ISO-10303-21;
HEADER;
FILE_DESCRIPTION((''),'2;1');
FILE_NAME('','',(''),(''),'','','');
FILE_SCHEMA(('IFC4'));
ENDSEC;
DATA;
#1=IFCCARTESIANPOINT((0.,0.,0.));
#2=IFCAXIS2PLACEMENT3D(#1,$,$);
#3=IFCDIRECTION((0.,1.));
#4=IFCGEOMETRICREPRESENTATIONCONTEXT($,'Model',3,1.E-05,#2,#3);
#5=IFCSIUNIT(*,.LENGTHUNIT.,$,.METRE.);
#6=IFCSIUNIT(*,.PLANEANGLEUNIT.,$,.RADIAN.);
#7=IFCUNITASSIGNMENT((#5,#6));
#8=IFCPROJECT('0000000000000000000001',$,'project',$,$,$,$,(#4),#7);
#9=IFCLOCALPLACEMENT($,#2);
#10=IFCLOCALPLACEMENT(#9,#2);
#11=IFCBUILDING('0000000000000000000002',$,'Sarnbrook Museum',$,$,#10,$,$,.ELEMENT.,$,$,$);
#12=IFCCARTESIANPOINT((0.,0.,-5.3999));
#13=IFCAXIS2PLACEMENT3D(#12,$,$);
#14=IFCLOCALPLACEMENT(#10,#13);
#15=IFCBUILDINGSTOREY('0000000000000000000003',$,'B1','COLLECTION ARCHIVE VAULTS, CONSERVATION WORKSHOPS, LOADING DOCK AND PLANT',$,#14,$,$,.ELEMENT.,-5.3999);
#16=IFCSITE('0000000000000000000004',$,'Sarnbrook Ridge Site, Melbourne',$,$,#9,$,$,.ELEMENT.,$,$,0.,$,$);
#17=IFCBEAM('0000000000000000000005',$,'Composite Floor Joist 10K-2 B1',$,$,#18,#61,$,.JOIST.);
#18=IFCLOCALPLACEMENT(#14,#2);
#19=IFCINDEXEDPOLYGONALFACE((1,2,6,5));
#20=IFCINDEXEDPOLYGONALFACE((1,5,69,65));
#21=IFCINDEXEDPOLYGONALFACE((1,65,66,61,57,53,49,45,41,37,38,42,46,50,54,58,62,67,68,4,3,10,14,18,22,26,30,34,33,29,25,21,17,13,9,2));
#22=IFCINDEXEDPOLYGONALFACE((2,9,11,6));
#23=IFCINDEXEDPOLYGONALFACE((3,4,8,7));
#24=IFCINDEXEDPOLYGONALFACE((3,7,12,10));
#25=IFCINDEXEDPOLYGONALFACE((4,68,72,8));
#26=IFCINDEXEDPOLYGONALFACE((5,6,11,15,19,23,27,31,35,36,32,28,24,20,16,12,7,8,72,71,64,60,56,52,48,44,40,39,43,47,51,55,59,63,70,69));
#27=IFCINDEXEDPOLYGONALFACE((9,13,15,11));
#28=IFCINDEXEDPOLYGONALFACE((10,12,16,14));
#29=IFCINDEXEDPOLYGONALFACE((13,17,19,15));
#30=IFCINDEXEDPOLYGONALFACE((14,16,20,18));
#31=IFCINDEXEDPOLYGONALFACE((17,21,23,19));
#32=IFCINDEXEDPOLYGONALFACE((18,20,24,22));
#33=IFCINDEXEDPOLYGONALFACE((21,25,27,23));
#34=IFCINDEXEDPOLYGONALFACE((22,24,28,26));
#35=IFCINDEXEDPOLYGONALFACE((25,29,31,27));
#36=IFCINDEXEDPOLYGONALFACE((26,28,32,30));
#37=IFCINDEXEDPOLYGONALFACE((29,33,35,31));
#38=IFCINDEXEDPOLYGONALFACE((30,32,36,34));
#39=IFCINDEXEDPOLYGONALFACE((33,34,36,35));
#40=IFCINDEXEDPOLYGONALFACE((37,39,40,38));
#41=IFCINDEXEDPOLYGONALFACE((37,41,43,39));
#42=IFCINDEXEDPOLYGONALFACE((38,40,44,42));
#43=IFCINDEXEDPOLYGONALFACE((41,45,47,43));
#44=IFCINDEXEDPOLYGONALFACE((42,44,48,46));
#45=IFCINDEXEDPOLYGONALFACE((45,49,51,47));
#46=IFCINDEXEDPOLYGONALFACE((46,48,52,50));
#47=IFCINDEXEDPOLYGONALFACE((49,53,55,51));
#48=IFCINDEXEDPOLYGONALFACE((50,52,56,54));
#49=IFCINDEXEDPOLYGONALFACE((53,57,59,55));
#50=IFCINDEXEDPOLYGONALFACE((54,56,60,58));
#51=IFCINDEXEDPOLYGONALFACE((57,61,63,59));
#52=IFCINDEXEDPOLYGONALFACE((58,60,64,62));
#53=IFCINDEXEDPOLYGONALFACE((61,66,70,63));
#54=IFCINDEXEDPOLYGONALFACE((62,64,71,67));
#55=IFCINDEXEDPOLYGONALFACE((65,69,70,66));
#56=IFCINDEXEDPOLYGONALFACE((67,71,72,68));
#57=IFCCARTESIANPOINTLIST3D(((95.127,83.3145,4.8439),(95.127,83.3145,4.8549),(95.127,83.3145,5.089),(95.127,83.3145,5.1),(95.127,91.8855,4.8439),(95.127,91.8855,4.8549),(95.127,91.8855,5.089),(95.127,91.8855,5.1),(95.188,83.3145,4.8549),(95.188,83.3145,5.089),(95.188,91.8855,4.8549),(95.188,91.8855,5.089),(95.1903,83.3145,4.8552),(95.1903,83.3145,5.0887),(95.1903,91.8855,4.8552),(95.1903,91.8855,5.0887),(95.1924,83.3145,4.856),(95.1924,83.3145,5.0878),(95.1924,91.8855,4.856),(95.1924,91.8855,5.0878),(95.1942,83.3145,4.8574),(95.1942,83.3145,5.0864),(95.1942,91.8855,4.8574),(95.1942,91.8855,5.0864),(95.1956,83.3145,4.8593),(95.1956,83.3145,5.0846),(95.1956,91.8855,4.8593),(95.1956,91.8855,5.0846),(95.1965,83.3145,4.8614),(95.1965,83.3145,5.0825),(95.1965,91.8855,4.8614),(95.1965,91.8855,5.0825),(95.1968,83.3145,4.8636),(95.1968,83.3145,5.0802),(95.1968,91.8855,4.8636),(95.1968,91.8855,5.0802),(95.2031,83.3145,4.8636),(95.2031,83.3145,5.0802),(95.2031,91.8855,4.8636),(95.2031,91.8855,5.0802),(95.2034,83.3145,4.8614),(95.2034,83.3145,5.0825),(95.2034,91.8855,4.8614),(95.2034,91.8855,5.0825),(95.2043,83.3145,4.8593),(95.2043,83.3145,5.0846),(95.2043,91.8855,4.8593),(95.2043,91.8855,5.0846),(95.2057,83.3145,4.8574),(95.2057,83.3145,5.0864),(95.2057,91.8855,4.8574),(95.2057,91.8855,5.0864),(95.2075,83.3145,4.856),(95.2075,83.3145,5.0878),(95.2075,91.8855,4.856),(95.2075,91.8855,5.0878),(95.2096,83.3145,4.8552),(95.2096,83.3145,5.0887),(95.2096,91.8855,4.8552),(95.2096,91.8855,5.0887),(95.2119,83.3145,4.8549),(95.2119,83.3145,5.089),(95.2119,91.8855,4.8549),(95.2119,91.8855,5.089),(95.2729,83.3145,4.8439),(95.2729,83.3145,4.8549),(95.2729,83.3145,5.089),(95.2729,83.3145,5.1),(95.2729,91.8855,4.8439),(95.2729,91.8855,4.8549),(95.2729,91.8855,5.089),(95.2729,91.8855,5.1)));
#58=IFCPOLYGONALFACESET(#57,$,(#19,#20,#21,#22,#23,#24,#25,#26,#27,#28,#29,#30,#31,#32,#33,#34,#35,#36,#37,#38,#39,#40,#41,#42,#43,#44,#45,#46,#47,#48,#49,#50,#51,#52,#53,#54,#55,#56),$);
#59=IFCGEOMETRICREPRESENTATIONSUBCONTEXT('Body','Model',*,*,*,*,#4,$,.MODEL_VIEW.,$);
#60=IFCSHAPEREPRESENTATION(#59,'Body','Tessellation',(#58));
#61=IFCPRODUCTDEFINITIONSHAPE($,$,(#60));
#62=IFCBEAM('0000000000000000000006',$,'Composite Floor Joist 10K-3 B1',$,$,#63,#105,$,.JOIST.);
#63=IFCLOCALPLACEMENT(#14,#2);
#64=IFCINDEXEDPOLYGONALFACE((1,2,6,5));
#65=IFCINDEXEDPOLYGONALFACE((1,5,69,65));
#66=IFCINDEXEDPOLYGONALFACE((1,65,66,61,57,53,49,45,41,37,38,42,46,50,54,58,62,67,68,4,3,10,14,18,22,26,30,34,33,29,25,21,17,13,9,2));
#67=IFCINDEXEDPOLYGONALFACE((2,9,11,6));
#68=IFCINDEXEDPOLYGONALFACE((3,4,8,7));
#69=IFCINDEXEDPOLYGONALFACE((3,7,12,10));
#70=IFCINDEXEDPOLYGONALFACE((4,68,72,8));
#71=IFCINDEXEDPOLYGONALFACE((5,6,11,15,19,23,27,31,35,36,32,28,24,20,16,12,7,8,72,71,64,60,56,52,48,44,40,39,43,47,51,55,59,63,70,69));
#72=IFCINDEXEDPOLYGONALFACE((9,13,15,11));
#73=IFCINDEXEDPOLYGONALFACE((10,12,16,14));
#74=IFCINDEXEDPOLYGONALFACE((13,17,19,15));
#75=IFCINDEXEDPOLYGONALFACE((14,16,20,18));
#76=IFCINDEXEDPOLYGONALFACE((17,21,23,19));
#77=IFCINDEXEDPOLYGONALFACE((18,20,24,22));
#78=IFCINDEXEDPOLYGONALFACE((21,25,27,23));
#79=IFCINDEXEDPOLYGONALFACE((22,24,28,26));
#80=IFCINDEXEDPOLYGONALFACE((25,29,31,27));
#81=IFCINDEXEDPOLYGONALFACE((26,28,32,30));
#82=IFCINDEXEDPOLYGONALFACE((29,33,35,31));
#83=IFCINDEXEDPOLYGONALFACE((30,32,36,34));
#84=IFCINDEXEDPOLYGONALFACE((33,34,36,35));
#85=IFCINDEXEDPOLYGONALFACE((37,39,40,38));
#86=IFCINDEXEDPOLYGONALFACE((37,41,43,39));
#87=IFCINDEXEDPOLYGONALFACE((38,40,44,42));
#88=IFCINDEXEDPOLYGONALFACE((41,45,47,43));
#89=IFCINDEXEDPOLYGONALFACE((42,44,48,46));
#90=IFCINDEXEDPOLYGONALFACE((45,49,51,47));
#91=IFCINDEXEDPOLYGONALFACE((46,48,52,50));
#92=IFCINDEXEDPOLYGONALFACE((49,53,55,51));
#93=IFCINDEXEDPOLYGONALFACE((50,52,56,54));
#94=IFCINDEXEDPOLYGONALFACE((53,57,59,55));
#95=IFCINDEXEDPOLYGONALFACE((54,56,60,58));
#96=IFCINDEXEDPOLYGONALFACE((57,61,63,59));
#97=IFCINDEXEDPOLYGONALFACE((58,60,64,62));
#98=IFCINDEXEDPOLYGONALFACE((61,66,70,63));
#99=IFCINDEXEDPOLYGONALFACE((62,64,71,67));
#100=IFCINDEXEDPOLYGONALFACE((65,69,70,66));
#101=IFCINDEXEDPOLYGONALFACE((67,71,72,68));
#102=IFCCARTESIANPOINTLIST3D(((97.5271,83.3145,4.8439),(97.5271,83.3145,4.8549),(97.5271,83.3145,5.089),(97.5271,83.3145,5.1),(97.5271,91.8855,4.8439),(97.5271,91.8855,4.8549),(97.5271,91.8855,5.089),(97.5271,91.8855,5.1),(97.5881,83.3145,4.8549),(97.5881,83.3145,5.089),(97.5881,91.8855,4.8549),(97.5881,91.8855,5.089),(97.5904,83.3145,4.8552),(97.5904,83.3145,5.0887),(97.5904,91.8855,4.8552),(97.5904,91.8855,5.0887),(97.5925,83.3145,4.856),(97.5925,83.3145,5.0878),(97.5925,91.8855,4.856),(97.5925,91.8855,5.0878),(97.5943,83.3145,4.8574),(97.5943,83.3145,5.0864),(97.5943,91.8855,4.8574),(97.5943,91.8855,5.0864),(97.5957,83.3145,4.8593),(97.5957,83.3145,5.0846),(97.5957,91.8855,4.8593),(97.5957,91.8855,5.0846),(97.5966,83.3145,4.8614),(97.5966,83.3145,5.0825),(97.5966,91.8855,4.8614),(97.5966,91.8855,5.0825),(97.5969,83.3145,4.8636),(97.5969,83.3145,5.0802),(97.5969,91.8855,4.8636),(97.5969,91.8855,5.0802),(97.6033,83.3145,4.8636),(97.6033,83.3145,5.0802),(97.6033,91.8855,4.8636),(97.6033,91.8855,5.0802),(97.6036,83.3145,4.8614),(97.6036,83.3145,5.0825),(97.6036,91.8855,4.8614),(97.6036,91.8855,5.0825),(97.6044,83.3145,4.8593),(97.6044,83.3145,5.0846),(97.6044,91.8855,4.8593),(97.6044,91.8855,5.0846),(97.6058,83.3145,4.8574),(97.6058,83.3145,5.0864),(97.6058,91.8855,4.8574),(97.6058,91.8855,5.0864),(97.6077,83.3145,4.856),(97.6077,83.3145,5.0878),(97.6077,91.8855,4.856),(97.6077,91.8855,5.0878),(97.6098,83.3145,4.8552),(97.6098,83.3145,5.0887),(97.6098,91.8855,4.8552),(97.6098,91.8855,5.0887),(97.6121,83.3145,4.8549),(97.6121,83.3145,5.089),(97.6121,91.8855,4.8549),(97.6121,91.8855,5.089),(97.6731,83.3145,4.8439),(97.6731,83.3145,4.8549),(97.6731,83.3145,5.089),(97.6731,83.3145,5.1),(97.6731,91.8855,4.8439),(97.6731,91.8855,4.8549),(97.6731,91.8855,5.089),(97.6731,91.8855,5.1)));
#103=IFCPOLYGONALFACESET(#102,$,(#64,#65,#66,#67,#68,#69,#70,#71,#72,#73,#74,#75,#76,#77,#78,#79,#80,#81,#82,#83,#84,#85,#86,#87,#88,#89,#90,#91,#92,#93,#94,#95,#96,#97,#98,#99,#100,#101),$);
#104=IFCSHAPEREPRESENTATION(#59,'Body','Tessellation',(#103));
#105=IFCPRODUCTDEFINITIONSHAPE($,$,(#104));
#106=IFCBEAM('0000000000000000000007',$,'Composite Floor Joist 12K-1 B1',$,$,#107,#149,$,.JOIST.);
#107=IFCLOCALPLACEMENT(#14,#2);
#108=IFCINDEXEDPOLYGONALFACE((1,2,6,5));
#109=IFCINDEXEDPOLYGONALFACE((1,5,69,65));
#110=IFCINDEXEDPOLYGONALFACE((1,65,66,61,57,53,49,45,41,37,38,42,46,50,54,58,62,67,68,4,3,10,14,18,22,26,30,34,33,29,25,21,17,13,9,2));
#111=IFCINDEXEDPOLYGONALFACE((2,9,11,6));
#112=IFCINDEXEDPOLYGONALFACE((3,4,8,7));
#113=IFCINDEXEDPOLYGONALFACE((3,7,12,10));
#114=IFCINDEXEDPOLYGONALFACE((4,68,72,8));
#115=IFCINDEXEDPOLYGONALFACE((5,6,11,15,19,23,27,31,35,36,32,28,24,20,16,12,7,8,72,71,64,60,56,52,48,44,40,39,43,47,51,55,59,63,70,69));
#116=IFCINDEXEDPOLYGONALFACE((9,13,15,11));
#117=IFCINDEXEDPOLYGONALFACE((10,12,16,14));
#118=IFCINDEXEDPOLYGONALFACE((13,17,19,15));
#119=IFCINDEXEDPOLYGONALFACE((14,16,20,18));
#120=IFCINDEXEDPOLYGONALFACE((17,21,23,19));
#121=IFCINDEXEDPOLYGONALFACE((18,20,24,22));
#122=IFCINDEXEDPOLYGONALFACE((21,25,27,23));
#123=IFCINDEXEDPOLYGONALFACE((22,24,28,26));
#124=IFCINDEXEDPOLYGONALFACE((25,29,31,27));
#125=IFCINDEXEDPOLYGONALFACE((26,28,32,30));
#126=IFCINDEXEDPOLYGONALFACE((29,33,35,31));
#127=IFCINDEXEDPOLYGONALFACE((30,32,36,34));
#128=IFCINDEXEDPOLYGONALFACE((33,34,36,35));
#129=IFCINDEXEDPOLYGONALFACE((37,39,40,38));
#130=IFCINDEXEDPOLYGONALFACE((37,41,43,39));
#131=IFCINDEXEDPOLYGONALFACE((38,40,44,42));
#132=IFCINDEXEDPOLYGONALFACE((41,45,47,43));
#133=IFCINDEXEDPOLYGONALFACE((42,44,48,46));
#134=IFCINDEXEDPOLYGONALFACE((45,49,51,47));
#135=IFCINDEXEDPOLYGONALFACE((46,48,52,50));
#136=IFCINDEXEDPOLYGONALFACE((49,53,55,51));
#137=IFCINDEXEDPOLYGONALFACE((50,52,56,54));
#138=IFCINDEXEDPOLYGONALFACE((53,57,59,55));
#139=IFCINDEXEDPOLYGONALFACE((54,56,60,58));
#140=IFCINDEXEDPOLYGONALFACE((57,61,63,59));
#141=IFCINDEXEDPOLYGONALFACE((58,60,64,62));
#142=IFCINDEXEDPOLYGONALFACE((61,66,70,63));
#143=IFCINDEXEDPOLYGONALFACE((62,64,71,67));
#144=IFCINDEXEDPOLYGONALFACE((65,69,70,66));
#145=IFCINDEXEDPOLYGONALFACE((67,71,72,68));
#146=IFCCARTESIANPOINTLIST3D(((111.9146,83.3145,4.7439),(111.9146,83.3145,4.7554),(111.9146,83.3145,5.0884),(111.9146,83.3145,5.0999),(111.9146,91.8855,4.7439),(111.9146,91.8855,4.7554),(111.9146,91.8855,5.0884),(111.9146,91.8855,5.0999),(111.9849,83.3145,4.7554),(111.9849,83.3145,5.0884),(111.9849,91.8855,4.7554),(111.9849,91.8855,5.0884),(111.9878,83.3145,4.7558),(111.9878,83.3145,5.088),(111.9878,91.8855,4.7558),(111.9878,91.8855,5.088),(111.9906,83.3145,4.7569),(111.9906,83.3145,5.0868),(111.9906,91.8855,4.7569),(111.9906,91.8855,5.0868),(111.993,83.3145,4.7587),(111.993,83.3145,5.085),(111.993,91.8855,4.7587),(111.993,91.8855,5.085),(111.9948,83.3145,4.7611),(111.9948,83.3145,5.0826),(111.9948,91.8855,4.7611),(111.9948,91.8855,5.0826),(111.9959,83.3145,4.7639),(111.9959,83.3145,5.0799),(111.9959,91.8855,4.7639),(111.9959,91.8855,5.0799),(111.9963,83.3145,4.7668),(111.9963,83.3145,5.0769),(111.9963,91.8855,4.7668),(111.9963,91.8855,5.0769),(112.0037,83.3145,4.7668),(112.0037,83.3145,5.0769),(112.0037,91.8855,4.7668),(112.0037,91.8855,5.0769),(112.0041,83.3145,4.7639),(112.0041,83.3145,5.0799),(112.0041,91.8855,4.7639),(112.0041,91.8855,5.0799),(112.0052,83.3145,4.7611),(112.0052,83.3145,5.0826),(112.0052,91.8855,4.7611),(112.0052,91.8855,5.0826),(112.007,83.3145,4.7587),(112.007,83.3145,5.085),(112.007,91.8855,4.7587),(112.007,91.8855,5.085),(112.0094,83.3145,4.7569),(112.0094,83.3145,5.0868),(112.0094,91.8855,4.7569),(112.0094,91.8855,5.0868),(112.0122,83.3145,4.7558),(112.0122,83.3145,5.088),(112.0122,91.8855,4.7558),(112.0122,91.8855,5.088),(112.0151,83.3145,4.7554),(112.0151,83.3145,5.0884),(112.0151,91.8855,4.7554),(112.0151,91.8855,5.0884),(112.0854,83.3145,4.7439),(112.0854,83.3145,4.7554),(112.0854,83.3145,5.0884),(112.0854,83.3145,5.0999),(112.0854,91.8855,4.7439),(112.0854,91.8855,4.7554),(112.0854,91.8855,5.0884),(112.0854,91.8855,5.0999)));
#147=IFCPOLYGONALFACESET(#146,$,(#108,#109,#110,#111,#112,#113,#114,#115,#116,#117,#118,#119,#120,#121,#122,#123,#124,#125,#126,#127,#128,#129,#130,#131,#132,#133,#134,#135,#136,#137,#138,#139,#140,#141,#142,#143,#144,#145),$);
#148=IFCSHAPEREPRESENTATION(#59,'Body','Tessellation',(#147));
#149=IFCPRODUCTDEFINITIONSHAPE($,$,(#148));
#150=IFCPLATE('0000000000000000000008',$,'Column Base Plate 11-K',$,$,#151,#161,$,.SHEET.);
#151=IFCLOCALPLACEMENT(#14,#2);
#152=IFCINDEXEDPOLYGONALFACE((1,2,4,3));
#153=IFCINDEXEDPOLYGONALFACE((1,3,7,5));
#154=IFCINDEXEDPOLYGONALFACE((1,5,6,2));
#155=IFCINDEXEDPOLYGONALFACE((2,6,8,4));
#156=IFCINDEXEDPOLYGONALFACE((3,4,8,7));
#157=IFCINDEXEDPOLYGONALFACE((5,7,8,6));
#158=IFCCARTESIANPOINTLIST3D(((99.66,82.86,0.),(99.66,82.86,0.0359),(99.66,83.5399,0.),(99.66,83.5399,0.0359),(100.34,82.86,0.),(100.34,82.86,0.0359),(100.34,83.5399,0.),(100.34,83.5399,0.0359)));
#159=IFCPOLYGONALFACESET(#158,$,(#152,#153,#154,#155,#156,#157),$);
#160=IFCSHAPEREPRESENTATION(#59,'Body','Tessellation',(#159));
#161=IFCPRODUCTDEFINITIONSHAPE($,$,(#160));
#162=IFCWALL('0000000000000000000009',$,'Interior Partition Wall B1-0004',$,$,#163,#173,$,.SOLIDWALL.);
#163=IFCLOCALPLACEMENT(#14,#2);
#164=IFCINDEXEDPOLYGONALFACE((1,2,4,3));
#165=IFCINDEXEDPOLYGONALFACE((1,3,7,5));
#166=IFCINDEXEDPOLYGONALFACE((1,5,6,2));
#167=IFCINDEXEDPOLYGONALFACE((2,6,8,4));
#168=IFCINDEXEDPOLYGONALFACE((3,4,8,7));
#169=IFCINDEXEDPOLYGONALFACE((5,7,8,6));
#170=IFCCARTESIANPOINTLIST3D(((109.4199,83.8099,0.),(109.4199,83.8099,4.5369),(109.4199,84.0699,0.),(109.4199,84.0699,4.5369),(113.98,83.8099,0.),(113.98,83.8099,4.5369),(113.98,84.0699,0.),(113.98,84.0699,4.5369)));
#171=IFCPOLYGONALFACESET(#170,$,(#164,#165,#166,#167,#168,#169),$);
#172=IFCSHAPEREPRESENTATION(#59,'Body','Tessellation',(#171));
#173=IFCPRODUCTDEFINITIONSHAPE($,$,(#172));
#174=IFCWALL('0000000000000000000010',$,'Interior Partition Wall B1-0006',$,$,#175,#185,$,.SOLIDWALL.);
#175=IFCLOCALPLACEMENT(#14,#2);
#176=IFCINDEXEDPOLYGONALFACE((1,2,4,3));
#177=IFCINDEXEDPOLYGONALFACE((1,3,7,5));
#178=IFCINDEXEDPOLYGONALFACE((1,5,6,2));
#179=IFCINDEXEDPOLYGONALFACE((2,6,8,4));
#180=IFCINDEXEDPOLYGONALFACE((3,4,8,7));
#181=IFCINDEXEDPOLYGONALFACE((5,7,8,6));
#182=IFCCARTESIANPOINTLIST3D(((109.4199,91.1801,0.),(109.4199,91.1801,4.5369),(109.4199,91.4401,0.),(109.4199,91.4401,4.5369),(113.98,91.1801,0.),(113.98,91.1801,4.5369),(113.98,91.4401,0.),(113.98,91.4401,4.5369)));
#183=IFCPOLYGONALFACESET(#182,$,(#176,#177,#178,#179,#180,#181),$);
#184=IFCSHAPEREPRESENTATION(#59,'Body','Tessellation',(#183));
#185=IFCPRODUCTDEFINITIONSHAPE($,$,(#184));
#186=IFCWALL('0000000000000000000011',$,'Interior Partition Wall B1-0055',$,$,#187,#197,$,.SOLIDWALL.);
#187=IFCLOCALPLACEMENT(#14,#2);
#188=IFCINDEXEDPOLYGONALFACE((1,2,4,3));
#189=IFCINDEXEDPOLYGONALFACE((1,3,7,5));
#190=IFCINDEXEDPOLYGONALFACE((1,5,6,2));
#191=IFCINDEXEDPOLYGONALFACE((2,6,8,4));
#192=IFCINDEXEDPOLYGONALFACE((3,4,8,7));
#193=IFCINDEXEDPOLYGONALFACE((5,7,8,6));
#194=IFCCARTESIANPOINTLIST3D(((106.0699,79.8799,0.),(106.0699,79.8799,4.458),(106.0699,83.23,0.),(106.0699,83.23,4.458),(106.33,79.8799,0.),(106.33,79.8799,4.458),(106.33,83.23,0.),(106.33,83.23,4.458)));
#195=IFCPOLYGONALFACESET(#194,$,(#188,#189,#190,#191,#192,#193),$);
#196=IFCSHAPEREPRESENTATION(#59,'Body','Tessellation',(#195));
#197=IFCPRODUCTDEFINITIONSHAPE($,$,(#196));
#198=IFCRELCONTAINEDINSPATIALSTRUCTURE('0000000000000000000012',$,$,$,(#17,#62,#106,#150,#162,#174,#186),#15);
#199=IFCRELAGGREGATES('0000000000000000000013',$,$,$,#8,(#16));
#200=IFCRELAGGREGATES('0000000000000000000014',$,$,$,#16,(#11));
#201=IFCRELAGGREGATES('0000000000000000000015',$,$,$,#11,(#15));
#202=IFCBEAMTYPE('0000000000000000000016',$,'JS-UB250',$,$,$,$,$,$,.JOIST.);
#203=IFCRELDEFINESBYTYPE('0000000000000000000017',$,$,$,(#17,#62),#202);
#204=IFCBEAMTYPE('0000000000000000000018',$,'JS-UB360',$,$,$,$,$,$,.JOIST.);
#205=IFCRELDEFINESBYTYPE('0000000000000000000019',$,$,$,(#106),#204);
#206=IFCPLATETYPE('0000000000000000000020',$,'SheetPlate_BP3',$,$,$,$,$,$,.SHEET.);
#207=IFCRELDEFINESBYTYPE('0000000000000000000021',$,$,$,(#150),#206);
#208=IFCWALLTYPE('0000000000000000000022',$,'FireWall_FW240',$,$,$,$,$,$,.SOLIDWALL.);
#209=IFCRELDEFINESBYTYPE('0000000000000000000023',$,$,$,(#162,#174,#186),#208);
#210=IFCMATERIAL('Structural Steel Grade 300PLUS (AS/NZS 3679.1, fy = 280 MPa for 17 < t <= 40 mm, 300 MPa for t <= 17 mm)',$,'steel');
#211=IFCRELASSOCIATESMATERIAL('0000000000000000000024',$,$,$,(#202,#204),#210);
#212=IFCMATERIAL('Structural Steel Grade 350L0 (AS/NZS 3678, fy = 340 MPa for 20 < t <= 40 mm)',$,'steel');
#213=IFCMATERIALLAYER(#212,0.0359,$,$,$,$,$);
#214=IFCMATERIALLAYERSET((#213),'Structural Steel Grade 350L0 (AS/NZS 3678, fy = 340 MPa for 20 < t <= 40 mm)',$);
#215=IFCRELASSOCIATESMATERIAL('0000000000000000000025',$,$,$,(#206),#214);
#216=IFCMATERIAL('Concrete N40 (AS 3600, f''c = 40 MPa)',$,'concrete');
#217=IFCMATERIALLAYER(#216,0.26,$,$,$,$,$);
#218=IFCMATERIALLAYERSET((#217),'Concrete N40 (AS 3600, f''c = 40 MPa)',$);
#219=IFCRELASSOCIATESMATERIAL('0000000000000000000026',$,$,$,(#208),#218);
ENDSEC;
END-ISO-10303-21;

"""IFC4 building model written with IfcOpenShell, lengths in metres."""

from ifc_helpers import new_model, si_unit, direction, frame, frame_2d, origin, origin_2d, place, context, subcontext, project, spatial, rectangle, i_section, extrude, material, layer, layer_set, material_profile, profile_set, type_object, element, save


model = new_model("IFC4")

# Units and contexts
model_context = context("Model", 3, precision=1e-05, world=origin(), true_north=direction((0.0, 1.0)))
body_context = subcontext(model_context, "Body", "Model", "MODEL_VIEW")
ifc_project = project(units=[si_unit("LENGTHUNIT", "METRE"), si_unit("PLANEANGLEUNIT", "RADIAN")], contexts=[model_context])

# Site, building, storey
site_placement = place(None, origin())
site = spatial("IfcSite", under=ifc_project, at=site_placement, Name="Sarnbrook Ridge Site, Melbourne", CompositionType="ELEMENT", RefElevation=0.0)
building_placement = place(site_placement, origin())
building = spatial("IfcBuilding", under=site, at=building_placement, Name="Sarnbrook Museum", CompositionType="ELEMENT")
storey_placement = place(building_placement, frame((0.0, 0.0, -5.3999)))
storey = spatial("IfcBuildingStorey", under=building, at=storey_placement, Name="B1", Description="COLLECTION ARCHIVE VAULTS, CONSERVATION WORKSHOPS, LOADING DOCK AND PLANT", CompositionType="ELEMENT", Elevation=-5.3999)

# Shared definitions
ifc_material_1 = material(Name="Concrete N40 (AS 3600, f'c = 40 MPa)", Category="concrete")

# Shared definitions
ifc_material_2 = material(Name="Structural Steel Grade 350L0 (AS/NZS 3678, fy = 340 MPa for 20 < t <= 40 mm)", Category="steel")

# Beams
ifc_material_3 = material(Name="Structural Steel Grade 300PLUS (AS/NZS 3679.1, fy = 280 MPa for 17 < t <= 40 mm, 300 MPa for t <= 17 mm)", Category="steel")
ifc_material_profile_1 = material_profile(ifc_material_3, i_section(OverallWidth=0.146, OverallDepth=0.2561, WebThickness=0.0063, FlangeThickness=0.011, FilletRadius=0.0088, at=origin_2d()), Name="250UB37.3")
ifc_profile_set_1 = profile_set([ifc_material_profile_1], Name="Structural Steel Grade 300PLUS (AS/NZS 3679.1, fy = 280 MPa for 17 < t <= 40 mm, 300 MPa for t <= 17 mm)")
beam_type_1 = type_object("IfcBeamType", Name="JS-UB250", PredefinedType="JOIST", material=ifc_profile_set_1)
for number, where, z_axis, x_axis, name in (
    (1, (95.2, 83.3145, 4.9719), (0.0, 1.0, 0.0), (-1.0, 0.0, 0.0), "Composite Floor Joist 10K-2 B1"),
    (2, (97.6001, 83.3145, 4.9719), (0.0, 1.0, 0.0), (-1.0, 0.0, 0.0), "Composite Floor Joist 10K-3 B1"),
):
    element("IfcBeam", number, at=place(storey_placement, frame(where, z_axis=z_axis, x_axis=x_axis)), inside=storey, type_object=beam_type_1, Name=name, PredefinedType="JOIST", context=body_context, shape_type="SweptSolid", body=[
        extrude(i_section(OverallWidth=0.146, OverallDepth=0.2561, WebThickness=0.0063, FlangeThickness=0.011, FilletRadius=0.0088, at=origin_2d()), origin(), (0.0, 0.0, 1.0), 8.571),
    ])
ifc_material_profile_2 = material_profile(ifc_material_3, i_section(OverallWidth=0.1709, OverallDepth=0.356, WebThickness=0.0073, FlangeThickness=0.0115, FilletRadius=0.0115, at=origin_2d()), Name="360UB50.7")
ifc_profile_set_2 = profile_set([ifc_material_profile_2], Name="Structural Steel Grade 300PLUS (AS/NZS 3679.1, fy = 280 MPa for 17 < t <= 40 mm, 300 MPa for t <= 17 mm)")
beam_type_2 = type_object("IfcBeamType", Name="JS-UB360", PredefinedType="JOIST", material=ifc_profile_set_2)
beam_1_placement = place(storey_placement, frame((112.0, 83.3145, 4.9219), z_axis=(0.0, 1.0, 0.0), x_axis=(-1.0, 0.0, 0.0)))
element("IfcBeam", 3, at=beam_1_placement, inside=storey, type_object=beam_type_2, Name="Composite Floor Joist 12K-1 B1", PredefinedType="JOIST", context=body_context, shape_type="SweptSolid", body=[
    extrude(i_section(OverallWidth=0.1709, OverallDepth=0.356, WebThickness=0.0073, FlangeThickness=0.0115, FilletRadius=0.0115, at=origin_2d()), origin(), (0.0, 0.0, 1.0), 8.571),
])

# Plate
ifc_layer_1 = layer(ifc_material_2, 0.0359)
ifc_layer_set_1 = layer_set([ifc_layer_1], Name="Structural Steel Grade 350L0 (AS/NZS 3678, fy = 340 MPa for 20 < t <= 40 mm)")
plate_type = type_object("IfcPlateType", Name="SheetPlate_BP3", PredefinedType="SHEET", material=ifc_layer_set_1)
plate_placement = place(storey_placement, frame((100.0, 83.2, 0.0), z_axis=(0.0, 0.0, 1.0), x_axis=(1.0, 0.0, 0.0)))
element("IfcPlate", 4, at=plate_placement, inside=storey, type_object=plate_type, Name="Column Base Plate 11-K", PredefinedType="SHEET", context=body_context, shape_type="SweptSolid", body=[
    extrude(rectangle(XDim=0.6799, YDim=0.6799, at=origin_2d()), origin(), (0.0, 0.0, 1.0), 0.0359),
])

# Shared definitions
ifc_layer_2 = layer(ifc_material_1, 0.26)
ifc_layer_set_2 = layer_set([ifc_layer_2], Name="Concrete N40 (AS 3600, f'c = 40 MPa)")
wall_type_1 = type_object("IfcWallType", Name="FireWall_FW240", PredefinedType="SOLIDWALL", material=ifc_layer_set_2)

# Walls
for number, where, z_axis, x_axis, name in (
    (5, (113.98, 83.9399, 0.0), (0.0, 0.0, 1.0), (-1.0, 0.0, 0.0), "Interior Partition Wall B1-0004"),
    (6, (109.4199, 91.3101, 0.0), (0.0, 0.0, 1.0), (1.0, 0.0, 0.0), "Interior Partition Wall B1-0006"),
):
    element("IfcWall", number, at=place(storey_placement, frame(where, z_axis=z_axis, x_axis=x_axis)), inside=storey, type_object=wall_type_1, Name=name, PredefinedType="SOLIDWALL", context=body_context, shape_type="SweptSolid", body=[
        extrude(rectangle(XDim=4.5601, YDim=0.26, at=frame_2d((2.28, 0.0))), origin(), (0.0, 0.0, 1.0), 4.5369),
    ])
wall_1_placement = place(storey_placement, frame((106.2, 83.23, 0.0), z_axis=(0.0, 0.0, 1.0), x_axis=(0.0, -1.0, 0.0)))
element("IfcWall", 7, at=wall_1_placement, inside=storey, type_object=wall_type_1, Name="Interior Partition Wall B1-0055", PredefinedType="SOLIDWALL", context=body_context, shape_type="SweptSolid", body=[
    extrude(rectangle(XDim=3.3501, YDim=0.26, at=frame_2d((1.675, 0.0))), origin(), (0.0, 0.0, 1.0), 4.458),
])

save(model, "model.ifc")
